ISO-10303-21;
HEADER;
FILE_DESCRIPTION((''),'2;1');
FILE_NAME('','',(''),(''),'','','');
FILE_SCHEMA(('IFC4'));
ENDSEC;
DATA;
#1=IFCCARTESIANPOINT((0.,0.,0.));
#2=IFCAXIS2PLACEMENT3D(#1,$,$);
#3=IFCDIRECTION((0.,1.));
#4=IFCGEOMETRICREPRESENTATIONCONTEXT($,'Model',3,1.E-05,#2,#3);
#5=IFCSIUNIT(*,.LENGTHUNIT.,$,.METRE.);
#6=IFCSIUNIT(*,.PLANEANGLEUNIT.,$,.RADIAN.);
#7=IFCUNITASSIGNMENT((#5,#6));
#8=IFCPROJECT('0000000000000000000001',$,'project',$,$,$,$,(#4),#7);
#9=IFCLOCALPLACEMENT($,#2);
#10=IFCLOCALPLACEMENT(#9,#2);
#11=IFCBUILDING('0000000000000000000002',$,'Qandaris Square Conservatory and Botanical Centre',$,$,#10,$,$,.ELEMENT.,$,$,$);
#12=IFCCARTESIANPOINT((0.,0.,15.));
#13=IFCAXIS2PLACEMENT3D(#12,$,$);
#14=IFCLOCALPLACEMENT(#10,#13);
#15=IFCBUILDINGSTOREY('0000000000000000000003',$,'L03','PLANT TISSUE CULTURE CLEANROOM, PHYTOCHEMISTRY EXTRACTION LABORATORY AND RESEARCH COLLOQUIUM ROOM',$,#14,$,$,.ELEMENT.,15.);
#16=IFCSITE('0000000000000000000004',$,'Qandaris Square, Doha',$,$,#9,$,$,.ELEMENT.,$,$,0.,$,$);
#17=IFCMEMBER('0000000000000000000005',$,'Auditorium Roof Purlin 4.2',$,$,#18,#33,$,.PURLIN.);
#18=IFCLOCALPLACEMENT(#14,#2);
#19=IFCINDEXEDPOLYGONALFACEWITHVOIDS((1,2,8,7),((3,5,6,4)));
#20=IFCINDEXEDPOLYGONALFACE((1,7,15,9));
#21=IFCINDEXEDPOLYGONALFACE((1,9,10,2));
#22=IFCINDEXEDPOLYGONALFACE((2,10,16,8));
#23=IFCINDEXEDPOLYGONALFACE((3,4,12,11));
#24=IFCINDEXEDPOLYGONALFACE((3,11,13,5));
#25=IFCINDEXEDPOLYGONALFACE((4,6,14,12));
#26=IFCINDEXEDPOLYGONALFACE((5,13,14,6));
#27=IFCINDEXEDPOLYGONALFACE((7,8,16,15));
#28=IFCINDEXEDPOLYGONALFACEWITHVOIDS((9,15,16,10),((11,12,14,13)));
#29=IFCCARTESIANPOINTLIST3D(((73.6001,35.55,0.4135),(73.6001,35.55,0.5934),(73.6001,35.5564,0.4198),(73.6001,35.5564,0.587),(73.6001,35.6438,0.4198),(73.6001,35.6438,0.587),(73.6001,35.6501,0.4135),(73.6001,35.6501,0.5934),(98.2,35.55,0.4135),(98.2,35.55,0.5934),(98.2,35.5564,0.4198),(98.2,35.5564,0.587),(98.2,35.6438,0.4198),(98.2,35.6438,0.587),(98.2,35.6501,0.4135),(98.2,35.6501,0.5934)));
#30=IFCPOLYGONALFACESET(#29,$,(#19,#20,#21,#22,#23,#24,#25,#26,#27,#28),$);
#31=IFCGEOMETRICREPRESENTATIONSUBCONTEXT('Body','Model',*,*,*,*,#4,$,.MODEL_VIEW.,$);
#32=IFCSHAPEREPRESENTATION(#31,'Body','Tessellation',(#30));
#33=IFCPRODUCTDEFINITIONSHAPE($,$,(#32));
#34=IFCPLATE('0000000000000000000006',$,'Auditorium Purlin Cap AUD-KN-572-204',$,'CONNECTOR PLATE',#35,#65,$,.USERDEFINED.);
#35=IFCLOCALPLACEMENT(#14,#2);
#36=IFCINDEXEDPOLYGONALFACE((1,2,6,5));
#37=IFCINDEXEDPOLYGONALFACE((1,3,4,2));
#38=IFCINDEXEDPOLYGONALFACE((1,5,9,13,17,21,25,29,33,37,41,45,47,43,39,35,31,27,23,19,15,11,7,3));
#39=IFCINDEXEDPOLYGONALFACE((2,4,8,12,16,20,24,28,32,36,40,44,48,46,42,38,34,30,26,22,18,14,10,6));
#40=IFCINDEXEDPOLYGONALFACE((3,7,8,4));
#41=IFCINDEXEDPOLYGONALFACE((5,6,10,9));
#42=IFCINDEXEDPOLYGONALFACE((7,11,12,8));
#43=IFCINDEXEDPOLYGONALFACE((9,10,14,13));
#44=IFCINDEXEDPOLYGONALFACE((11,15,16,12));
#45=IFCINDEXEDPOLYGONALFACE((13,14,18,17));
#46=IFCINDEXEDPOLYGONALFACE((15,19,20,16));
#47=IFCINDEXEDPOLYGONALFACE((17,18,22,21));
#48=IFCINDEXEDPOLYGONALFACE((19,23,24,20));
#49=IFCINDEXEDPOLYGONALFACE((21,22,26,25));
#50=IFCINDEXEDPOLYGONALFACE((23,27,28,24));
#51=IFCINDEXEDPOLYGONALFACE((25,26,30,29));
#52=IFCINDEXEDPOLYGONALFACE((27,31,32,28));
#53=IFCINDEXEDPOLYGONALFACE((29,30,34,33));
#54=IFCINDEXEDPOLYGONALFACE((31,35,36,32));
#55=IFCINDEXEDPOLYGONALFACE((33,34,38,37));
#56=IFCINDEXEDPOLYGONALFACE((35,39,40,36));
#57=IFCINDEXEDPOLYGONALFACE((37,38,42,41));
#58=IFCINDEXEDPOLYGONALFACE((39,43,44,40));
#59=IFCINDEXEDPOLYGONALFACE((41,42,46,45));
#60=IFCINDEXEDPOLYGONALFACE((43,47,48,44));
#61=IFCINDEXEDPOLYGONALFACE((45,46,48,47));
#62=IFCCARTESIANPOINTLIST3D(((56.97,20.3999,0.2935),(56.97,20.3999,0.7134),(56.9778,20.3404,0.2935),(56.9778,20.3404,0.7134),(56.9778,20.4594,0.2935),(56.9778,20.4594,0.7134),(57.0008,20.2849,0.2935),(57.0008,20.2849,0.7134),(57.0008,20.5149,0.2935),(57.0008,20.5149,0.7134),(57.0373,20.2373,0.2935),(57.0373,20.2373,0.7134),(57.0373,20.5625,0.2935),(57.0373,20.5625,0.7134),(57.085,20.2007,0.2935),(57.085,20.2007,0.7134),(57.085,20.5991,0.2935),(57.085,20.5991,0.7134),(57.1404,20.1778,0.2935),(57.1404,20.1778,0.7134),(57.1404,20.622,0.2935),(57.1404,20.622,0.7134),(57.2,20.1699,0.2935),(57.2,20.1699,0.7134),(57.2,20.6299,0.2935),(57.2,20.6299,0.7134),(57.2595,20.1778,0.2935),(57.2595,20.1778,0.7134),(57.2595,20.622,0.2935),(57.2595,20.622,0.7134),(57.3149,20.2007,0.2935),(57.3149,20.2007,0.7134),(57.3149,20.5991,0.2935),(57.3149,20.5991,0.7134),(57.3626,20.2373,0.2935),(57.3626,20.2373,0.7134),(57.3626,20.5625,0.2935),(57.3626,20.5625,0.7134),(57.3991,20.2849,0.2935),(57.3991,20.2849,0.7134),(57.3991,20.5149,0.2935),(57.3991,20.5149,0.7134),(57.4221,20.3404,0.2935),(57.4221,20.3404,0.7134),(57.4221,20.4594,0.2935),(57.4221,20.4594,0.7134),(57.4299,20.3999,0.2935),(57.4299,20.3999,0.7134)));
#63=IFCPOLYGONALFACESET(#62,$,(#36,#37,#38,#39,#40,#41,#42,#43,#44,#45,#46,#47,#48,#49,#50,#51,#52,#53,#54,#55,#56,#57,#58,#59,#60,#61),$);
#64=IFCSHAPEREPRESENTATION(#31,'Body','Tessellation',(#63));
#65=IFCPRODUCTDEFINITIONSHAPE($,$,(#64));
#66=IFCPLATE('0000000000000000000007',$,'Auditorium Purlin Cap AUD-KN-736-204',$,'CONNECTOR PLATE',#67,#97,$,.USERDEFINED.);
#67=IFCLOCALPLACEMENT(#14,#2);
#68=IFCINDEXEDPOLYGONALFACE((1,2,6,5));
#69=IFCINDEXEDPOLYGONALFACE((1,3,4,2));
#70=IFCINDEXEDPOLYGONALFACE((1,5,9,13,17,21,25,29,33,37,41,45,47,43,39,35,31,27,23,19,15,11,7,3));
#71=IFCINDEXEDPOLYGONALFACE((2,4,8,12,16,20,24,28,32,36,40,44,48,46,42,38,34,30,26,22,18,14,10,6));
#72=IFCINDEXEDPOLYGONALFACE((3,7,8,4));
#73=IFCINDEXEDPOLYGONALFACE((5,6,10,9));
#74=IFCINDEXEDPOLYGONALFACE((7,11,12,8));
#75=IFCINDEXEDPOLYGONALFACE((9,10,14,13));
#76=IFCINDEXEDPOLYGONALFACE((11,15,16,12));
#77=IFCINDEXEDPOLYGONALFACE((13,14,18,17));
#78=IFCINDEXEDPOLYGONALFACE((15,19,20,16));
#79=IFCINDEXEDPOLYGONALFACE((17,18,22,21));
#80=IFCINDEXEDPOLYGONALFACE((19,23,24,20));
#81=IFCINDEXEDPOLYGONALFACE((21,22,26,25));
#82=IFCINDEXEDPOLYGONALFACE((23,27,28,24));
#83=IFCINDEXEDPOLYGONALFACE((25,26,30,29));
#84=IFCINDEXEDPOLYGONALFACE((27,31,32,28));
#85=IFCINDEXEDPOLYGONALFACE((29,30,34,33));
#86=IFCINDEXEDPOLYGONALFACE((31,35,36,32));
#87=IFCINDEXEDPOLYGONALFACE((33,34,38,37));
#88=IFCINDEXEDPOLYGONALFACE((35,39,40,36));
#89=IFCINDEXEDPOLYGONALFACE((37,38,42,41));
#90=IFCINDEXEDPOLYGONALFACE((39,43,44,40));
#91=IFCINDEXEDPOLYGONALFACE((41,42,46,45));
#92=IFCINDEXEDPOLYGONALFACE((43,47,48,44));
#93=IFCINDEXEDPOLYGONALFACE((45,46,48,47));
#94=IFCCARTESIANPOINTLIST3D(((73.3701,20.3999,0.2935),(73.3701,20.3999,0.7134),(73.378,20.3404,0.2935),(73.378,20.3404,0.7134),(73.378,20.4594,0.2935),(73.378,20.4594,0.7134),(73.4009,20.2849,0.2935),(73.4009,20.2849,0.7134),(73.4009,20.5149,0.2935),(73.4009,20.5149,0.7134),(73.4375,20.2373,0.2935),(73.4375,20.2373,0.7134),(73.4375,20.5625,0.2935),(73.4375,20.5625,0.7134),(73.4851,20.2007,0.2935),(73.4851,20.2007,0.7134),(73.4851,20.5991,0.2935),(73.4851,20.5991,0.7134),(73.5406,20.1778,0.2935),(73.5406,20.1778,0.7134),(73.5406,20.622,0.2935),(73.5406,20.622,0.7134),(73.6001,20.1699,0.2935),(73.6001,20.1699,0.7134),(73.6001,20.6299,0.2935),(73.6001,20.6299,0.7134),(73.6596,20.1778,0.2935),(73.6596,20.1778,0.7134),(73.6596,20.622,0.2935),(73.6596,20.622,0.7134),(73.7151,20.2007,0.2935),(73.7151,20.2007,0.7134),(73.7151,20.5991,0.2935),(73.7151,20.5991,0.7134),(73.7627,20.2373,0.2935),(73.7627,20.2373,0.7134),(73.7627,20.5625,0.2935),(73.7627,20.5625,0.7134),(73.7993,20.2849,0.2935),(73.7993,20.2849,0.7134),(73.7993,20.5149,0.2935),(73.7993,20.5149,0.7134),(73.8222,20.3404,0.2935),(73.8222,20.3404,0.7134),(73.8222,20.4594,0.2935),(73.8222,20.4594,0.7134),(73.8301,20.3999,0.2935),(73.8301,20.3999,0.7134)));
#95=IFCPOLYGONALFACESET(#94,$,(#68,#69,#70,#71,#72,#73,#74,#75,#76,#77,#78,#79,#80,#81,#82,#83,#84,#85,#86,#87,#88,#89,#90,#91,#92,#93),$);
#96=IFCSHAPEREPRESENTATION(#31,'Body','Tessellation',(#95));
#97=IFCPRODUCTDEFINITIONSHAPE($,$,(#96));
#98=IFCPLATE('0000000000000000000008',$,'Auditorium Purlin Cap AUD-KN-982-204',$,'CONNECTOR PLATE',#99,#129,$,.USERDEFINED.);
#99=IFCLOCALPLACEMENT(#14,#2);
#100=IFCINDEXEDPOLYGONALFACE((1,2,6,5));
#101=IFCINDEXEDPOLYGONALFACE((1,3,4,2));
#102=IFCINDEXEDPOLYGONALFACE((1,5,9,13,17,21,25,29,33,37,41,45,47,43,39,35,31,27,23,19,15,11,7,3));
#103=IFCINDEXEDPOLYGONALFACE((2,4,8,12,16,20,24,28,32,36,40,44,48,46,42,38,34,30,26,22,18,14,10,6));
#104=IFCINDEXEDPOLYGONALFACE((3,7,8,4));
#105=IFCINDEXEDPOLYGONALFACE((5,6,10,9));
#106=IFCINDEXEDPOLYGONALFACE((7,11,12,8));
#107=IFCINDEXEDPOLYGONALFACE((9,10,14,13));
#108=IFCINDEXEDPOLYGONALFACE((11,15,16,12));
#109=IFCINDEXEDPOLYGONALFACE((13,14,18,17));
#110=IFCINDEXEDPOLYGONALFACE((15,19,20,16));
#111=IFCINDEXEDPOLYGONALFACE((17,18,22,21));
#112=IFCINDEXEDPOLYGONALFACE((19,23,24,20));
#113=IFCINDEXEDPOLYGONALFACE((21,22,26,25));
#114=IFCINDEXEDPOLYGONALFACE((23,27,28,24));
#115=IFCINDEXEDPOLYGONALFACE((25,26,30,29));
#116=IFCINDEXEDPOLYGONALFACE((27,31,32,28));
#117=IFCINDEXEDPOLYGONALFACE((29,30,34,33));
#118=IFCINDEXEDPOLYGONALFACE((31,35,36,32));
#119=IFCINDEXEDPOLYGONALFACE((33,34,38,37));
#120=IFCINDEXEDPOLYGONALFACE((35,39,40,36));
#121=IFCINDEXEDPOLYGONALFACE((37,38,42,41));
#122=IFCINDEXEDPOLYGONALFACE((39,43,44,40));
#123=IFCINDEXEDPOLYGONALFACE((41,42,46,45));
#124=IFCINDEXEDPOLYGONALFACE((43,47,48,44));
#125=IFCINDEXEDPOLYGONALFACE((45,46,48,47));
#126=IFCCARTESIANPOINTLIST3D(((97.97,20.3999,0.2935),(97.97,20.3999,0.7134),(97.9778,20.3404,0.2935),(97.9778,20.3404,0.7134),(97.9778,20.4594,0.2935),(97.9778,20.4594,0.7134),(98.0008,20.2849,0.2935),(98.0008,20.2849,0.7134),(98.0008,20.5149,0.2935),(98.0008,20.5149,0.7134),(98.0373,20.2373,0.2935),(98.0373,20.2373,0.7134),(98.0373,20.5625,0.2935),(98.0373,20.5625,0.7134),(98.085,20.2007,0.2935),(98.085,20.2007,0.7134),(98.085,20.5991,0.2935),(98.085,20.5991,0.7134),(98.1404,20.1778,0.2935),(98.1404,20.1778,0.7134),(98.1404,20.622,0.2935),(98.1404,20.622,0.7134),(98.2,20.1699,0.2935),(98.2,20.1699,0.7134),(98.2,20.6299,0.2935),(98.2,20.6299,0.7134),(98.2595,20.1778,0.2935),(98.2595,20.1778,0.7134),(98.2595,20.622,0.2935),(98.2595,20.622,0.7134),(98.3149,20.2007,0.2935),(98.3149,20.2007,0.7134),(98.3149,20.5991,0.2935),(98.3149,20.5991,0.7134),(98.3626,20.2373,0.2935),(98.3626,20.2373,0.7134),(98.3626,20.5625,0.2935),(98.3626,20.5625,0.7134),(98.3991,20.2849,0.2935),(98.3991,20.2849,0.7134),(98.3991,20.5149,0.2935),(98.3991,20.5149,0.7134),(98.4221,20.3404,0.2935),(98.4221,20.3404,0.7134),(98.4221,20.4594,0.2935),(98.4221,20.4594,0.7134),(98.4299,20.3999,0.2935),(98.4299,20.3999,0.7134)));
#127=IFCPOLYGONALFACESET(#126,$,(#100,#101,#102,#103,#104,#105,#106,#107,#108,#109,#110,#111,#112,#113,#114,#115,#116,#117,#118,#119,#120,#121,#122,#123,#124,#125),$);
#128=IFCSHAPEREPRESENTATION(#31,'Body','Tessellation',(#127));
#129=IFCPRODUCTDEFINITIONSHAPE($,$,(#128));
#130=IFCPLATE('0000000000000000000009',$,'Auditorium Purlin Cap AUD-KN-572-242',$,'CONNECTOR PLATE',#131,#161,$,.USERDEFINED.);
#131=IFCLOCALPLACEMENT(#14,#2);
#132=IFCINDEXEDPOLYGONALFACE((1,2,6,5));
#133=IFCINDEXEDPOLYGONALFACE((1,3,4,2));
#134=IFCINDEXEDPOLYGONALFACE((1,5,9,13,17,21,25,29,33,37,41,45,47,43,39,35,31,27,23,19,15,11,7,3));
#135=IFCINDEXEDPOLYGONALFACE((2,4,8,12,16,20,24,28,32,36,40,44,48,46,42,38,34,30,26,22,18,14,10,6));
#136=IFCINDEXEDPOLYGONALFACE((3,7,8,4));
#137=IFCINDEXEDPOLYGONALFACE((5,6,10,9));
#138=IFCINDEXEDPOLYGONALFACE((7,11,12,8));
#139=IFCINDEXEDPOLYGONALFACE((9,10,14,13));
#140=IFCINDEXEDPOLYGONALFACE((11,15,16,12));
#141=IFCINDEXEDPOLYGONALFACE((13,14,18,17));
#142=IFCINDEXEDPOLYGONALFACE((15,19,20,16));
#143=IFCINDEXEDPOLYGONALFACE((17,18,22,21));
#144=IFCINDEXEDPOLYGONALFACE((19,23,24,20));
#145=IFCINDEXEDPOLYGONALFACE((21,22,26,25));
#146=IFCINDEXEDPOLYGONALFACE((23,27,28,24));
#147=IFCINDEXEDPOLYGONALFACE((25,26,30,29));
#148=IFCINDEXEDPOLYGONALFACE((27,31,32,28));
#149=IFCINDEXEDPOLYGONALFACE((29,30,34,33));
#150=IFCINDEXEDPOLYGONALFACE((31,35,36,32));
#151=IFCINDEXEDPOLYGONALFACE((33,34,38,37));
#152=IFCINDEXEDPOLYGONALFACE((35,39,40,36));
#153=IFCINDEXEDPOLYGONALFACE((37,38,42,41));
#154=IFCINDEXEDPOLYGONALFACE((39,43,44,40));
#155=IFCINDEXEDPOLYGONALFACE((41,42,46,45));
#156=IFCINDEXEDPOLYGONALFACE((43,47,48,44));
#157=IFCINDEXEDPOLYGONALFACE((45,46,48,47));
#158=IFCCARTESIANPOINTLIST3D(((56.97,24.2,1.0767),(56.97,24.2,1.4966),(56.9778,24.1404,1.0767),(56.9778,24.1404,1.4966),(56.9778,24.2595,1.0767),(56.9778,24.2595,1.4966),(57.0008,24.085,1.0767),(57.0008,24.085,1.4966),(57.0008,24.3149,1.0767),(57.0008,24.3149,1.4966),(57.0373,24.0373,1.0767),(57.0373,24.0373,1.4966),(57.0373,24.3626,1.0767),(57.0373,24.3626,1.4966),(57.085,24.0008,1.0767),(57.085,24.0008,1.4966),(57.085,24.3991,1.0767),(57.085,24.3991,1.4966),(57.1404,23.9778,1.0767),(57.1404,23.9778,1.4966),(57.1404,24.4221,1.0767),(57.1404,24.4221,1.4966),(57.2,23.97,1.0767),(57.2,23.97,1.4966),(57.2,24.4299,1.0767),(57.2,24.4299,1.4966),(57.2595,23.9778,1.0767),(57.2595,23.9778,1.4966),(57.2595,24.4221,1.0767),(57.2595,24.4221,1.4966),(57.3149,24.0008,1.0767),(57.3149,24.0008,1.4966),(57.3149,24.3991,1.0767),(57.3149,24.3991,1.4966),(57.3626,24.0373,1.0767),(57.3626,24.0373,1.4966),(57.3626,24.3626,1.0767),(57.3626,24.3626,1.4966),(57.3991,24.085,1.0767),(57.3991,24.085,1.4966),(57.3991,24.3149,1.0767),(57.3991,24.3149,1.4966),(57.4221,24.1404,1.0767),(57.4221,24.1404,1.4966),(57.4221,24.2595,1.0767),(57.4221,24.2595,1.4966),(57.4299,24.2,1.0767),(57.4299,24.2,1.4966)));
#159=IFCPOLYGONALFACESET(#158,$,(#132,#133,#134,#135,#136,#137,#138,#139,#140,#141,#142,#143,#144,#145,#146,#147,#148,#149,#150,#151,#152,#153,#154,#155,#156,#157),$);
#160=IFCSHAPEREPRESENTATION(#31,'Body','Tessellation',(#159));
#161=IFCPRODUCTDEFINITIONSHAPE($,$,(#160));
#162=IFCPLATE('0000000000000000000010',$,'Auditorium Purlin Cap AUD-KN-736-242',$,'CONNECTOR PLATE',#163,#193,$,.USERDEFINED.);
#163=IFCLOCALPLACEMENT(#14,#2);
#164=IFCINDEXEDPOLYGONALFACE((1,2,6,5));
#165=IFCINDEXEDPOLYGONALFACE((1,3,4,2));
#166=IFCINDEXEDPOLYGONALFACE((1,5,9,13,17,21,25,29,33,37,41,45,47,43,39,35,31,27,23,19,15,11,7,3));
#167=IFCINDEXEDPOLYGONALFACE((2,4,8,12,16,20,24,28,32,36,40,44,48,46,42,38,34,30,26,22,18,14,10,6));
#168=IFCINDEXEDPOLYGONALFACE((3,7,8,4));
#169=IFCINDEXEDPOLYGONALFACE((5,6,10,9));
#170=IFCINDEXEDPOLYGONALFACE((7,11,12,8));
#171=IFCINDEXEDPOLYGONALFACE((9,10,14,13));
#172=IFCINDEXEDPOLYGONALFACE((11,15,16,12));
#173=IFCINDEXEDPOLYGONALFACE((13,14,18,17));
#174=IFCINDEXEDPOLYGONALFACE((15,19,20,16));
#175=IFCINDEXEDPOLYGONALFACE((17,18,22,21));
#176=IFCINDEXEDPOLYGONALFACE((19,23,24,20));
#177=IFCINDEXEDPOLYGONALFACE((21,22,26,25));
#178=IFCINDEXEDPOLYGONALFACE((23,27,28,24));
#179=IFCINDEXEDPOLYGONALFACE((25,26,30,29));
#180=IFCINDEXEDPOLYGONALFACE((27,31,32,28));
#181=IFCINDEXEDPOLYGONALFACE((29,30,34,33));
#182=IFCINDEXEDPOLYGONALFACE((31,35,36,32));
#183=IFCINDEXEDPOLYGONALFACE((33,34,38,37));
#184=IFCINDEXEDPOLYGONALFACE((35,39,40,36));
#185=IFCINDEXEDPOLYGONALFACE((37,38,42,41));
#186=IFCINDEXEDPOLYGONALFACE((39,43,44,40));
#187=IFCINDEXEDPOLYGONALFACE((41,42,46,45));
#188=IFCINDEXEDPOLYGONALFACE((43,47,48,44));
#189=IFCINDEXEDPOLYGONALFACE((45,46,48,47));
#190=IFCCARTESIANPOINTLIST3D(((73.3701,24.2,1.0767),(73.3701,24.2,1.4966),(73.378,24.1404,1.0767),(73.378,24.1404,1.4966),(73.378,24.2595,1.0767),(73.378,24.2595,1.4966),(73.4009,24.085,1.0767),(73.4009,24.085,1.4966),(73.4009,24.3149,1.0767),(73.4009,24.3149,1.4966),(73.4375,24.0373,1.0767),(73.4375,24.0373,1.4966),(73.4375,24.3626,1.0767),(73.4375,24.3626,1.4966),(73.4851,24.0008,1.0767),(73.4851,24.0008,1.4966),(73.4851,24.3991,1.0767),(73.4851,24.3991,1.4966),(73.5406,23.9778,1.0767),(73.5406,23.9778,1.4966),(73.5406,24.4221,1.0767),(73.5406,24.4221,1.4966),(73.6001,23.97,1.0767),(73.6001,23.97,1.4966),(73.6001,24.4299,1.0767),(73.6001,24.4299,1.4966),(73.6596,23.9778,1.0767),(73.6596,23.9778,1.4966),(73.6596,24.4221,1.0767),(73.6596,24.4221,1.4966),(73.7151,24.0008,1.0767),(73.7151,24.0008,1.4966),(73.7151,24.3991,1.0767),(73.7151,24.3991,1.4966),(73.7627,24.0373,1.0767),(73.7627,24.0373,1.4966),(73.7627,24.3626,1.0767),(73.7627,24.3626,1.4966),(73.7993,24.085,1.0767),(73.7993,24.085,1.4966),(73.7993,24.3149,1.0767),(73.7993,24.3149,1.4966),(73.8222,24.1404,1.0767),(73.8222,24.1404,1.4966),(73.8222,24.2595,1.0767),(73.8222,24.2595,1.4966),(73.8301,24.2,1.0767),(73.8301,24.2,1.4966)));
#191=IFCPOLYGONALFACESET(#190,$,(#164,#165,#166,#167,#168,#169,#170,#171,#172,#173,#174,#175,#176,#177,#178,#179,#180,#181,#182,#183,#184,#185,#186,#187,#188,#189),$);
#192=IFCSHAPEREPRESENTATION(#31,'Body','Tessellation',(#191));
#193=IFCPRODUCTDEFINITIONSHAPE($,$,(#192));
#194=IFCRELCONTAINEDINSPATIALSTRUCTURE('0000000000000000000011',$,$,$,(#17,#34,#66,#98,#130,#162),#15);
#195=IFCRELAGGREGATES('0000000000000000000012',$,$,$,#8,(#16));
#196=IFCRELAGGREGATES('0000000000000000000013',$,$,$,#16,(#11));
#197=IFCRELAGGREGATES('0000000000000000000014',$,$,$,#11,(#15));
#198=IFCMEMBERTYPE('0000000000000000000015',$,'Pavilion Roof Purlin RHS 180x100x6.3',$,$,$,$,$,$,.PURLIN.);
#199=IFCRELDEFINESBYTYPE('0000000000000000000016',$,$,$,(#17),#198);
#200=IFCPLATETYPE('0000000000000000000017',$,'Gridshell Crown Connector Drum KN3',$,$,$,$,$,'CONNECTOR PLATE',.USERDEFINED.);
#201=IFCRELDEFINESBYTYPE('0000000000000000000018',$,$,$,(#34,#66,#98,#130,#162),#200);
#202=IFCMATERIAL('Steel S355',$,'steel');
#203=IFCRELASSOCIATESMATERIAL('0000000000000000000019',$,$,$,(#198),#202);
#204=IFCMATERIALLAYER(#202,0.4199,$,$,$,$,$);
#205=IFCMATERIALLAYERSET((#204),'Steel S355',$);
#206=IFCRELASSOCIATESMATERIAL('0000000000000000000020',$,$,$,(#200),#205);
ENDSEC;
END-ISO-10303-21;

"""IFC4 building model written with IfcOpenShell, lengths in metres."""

from ifc_helpers import new_model, si_unit, direction, frame, origin, origin_2d, place, context, subcontext, project, spatial, hollow_rectangle, circle, extrude, material, layer, layer_set, material_profile, profile_set, type_object, element, save


model = new_model("IFC4")

# Units and contexts
model_context = context("Model", 3, precision=1e-05, world=origin(), true_north=direction((0.0, 1.0)))
body_context = subcontext(model_context, "Body", "Model", "MODEL_VIEW")
ifc_project = project(units=[si_unit("LENGTHUNIT", "METRE"), si_unit("PLANEANGLEUNIT", "RADIAN")], contexts=[model_context])

# Site, building, storey
site_placement = place(None, origin())
site = spatial("IfcSite", under=ifc_project, at=site_placement, Name="Qandaris Square, Doha", CompositionType="ELEMENT", RefElevation=0.0)
building_placement = place(site_placement, origin())
building = spatial("IfcBuilding", under=site, at=building_placement, Name="Qandaris Square Conservatory and Botanical Centre", CompositionType="ELEMENT")
storey_placement = place(building_placement, frame((0.0, 0.0, 15.0)))
storey = spatial("IfcBuildingStorey", under=building, at=storey_placement, Name="L03", Description="PLANT TISSUE CULTURE CLEANROOM, PHYTOCHEMISTRY EXTRACTION LABORATORY AND RESEARCH COLLOQUIUM ROOM", CompositionType="ELEMENT", Elevation=15.0)

# Member
ifc_material_1 = material(Name="Steel S355", Category="steel")
ifc_material_profile_1 = material_profile(ifc_material_1, hollow_rectangle(XDim=0.1001, YDim=0.1799, WallThickness=0.0063, at=origin_2d()), Name="RHS 180x100x6.3")
ifc_profile_set_1 = profile_set([ifc_material_profile_1], Name="Steel S355")
member_type_1 = type_object("IfcMemberType", Name="Pavilion Roof Purlin RHS 180x100x6.3", PredefinedType="PURLIN", material=ifc_profile_set_1)
member_1_placement = place(storey_placement, frame((73.6001, 35.6001, 0.5034), z_axis=(1.0, 0.0, 0.0), x_axis=(0.0, 1.0, 0.0)))
element("IfcMember", 1, at=member_1_placement, inside=storey, type_object=member_type_1, Name="Auditorium Roof Purlin 4.2", PredefinedType="PURLIN", context=body_context, shape_type="SweptSolid", body=[
    extrude(hollow_rectangle(XDim=0.1001, YDim=0.1799, WallThickness=0.0063, at=origin_2d()), origin(), (0.0, 0.0, 1.0), 24.5999),
])

# Plates
ifc_layer = layer(ifc_material_1, 0.4199)
ifc_layer_set = layer_set([ifc_layer], Name="Steel S355")
plate_type = type_object("IfcPlateType", Name="Gridshell Crown Connector Drum KN3", ElementType="CONNECTOR PLATE", PredefinedType="USERDEFINED", material=ifc_layer_set)
for number, where, z_axis, x_axis, name in (
    (2, (57.2, 20.3999, 0.2935), (0.0, 0.0, 1.0), (1.0, 0.0, 0.0), "Auditorium Purlin Cap AUD-KN-572-204"),
    (3, (73.6001, 20.3999, 0.2935), (0.0, 0.0, 1.0), (1.0, 0.0, 0.0), "Auditorium Purlin Cap AUD-KN-736-204"),
    (4, (98.2, 20.3999, 0.2935), (0.0, 0.0, 1.0), (1.0, 0.0, 0.0), "Auditorium Purlin Cap AUD-KN-982-204"),
    (5, (57.2, 24.2, 1.0767), (0.0, 0.0, 1.0), (1.0, 0.0, 0.0), "Auditorium Purlin Cap AUD-KN-572-242"),
    (6, (73.6001, 24.2, 1.0767), (0.0, 0.0, 1.0), (1.0, 0.0, 0.0), "Auditorium Purlin Cap AUD-KN-736-242"),
):
    element("IfcPlate", number, at=place(storey_placement, frame(where, z_axis=z_axis, x_axis=x_axis)), inside=storey, type_object=plate_type, Name=name, ObjectType="CONNECTOR PLATE", PredefinedType="USERDEFINED", context=body_context, shape_type="SweptSolid", body=[
        extrude(circle(Radius=0.23, at=origin_2d()), origin(), (0.0, 0.0, 1.0), 0.4199),
    ])

save(model, "model.ifc")
